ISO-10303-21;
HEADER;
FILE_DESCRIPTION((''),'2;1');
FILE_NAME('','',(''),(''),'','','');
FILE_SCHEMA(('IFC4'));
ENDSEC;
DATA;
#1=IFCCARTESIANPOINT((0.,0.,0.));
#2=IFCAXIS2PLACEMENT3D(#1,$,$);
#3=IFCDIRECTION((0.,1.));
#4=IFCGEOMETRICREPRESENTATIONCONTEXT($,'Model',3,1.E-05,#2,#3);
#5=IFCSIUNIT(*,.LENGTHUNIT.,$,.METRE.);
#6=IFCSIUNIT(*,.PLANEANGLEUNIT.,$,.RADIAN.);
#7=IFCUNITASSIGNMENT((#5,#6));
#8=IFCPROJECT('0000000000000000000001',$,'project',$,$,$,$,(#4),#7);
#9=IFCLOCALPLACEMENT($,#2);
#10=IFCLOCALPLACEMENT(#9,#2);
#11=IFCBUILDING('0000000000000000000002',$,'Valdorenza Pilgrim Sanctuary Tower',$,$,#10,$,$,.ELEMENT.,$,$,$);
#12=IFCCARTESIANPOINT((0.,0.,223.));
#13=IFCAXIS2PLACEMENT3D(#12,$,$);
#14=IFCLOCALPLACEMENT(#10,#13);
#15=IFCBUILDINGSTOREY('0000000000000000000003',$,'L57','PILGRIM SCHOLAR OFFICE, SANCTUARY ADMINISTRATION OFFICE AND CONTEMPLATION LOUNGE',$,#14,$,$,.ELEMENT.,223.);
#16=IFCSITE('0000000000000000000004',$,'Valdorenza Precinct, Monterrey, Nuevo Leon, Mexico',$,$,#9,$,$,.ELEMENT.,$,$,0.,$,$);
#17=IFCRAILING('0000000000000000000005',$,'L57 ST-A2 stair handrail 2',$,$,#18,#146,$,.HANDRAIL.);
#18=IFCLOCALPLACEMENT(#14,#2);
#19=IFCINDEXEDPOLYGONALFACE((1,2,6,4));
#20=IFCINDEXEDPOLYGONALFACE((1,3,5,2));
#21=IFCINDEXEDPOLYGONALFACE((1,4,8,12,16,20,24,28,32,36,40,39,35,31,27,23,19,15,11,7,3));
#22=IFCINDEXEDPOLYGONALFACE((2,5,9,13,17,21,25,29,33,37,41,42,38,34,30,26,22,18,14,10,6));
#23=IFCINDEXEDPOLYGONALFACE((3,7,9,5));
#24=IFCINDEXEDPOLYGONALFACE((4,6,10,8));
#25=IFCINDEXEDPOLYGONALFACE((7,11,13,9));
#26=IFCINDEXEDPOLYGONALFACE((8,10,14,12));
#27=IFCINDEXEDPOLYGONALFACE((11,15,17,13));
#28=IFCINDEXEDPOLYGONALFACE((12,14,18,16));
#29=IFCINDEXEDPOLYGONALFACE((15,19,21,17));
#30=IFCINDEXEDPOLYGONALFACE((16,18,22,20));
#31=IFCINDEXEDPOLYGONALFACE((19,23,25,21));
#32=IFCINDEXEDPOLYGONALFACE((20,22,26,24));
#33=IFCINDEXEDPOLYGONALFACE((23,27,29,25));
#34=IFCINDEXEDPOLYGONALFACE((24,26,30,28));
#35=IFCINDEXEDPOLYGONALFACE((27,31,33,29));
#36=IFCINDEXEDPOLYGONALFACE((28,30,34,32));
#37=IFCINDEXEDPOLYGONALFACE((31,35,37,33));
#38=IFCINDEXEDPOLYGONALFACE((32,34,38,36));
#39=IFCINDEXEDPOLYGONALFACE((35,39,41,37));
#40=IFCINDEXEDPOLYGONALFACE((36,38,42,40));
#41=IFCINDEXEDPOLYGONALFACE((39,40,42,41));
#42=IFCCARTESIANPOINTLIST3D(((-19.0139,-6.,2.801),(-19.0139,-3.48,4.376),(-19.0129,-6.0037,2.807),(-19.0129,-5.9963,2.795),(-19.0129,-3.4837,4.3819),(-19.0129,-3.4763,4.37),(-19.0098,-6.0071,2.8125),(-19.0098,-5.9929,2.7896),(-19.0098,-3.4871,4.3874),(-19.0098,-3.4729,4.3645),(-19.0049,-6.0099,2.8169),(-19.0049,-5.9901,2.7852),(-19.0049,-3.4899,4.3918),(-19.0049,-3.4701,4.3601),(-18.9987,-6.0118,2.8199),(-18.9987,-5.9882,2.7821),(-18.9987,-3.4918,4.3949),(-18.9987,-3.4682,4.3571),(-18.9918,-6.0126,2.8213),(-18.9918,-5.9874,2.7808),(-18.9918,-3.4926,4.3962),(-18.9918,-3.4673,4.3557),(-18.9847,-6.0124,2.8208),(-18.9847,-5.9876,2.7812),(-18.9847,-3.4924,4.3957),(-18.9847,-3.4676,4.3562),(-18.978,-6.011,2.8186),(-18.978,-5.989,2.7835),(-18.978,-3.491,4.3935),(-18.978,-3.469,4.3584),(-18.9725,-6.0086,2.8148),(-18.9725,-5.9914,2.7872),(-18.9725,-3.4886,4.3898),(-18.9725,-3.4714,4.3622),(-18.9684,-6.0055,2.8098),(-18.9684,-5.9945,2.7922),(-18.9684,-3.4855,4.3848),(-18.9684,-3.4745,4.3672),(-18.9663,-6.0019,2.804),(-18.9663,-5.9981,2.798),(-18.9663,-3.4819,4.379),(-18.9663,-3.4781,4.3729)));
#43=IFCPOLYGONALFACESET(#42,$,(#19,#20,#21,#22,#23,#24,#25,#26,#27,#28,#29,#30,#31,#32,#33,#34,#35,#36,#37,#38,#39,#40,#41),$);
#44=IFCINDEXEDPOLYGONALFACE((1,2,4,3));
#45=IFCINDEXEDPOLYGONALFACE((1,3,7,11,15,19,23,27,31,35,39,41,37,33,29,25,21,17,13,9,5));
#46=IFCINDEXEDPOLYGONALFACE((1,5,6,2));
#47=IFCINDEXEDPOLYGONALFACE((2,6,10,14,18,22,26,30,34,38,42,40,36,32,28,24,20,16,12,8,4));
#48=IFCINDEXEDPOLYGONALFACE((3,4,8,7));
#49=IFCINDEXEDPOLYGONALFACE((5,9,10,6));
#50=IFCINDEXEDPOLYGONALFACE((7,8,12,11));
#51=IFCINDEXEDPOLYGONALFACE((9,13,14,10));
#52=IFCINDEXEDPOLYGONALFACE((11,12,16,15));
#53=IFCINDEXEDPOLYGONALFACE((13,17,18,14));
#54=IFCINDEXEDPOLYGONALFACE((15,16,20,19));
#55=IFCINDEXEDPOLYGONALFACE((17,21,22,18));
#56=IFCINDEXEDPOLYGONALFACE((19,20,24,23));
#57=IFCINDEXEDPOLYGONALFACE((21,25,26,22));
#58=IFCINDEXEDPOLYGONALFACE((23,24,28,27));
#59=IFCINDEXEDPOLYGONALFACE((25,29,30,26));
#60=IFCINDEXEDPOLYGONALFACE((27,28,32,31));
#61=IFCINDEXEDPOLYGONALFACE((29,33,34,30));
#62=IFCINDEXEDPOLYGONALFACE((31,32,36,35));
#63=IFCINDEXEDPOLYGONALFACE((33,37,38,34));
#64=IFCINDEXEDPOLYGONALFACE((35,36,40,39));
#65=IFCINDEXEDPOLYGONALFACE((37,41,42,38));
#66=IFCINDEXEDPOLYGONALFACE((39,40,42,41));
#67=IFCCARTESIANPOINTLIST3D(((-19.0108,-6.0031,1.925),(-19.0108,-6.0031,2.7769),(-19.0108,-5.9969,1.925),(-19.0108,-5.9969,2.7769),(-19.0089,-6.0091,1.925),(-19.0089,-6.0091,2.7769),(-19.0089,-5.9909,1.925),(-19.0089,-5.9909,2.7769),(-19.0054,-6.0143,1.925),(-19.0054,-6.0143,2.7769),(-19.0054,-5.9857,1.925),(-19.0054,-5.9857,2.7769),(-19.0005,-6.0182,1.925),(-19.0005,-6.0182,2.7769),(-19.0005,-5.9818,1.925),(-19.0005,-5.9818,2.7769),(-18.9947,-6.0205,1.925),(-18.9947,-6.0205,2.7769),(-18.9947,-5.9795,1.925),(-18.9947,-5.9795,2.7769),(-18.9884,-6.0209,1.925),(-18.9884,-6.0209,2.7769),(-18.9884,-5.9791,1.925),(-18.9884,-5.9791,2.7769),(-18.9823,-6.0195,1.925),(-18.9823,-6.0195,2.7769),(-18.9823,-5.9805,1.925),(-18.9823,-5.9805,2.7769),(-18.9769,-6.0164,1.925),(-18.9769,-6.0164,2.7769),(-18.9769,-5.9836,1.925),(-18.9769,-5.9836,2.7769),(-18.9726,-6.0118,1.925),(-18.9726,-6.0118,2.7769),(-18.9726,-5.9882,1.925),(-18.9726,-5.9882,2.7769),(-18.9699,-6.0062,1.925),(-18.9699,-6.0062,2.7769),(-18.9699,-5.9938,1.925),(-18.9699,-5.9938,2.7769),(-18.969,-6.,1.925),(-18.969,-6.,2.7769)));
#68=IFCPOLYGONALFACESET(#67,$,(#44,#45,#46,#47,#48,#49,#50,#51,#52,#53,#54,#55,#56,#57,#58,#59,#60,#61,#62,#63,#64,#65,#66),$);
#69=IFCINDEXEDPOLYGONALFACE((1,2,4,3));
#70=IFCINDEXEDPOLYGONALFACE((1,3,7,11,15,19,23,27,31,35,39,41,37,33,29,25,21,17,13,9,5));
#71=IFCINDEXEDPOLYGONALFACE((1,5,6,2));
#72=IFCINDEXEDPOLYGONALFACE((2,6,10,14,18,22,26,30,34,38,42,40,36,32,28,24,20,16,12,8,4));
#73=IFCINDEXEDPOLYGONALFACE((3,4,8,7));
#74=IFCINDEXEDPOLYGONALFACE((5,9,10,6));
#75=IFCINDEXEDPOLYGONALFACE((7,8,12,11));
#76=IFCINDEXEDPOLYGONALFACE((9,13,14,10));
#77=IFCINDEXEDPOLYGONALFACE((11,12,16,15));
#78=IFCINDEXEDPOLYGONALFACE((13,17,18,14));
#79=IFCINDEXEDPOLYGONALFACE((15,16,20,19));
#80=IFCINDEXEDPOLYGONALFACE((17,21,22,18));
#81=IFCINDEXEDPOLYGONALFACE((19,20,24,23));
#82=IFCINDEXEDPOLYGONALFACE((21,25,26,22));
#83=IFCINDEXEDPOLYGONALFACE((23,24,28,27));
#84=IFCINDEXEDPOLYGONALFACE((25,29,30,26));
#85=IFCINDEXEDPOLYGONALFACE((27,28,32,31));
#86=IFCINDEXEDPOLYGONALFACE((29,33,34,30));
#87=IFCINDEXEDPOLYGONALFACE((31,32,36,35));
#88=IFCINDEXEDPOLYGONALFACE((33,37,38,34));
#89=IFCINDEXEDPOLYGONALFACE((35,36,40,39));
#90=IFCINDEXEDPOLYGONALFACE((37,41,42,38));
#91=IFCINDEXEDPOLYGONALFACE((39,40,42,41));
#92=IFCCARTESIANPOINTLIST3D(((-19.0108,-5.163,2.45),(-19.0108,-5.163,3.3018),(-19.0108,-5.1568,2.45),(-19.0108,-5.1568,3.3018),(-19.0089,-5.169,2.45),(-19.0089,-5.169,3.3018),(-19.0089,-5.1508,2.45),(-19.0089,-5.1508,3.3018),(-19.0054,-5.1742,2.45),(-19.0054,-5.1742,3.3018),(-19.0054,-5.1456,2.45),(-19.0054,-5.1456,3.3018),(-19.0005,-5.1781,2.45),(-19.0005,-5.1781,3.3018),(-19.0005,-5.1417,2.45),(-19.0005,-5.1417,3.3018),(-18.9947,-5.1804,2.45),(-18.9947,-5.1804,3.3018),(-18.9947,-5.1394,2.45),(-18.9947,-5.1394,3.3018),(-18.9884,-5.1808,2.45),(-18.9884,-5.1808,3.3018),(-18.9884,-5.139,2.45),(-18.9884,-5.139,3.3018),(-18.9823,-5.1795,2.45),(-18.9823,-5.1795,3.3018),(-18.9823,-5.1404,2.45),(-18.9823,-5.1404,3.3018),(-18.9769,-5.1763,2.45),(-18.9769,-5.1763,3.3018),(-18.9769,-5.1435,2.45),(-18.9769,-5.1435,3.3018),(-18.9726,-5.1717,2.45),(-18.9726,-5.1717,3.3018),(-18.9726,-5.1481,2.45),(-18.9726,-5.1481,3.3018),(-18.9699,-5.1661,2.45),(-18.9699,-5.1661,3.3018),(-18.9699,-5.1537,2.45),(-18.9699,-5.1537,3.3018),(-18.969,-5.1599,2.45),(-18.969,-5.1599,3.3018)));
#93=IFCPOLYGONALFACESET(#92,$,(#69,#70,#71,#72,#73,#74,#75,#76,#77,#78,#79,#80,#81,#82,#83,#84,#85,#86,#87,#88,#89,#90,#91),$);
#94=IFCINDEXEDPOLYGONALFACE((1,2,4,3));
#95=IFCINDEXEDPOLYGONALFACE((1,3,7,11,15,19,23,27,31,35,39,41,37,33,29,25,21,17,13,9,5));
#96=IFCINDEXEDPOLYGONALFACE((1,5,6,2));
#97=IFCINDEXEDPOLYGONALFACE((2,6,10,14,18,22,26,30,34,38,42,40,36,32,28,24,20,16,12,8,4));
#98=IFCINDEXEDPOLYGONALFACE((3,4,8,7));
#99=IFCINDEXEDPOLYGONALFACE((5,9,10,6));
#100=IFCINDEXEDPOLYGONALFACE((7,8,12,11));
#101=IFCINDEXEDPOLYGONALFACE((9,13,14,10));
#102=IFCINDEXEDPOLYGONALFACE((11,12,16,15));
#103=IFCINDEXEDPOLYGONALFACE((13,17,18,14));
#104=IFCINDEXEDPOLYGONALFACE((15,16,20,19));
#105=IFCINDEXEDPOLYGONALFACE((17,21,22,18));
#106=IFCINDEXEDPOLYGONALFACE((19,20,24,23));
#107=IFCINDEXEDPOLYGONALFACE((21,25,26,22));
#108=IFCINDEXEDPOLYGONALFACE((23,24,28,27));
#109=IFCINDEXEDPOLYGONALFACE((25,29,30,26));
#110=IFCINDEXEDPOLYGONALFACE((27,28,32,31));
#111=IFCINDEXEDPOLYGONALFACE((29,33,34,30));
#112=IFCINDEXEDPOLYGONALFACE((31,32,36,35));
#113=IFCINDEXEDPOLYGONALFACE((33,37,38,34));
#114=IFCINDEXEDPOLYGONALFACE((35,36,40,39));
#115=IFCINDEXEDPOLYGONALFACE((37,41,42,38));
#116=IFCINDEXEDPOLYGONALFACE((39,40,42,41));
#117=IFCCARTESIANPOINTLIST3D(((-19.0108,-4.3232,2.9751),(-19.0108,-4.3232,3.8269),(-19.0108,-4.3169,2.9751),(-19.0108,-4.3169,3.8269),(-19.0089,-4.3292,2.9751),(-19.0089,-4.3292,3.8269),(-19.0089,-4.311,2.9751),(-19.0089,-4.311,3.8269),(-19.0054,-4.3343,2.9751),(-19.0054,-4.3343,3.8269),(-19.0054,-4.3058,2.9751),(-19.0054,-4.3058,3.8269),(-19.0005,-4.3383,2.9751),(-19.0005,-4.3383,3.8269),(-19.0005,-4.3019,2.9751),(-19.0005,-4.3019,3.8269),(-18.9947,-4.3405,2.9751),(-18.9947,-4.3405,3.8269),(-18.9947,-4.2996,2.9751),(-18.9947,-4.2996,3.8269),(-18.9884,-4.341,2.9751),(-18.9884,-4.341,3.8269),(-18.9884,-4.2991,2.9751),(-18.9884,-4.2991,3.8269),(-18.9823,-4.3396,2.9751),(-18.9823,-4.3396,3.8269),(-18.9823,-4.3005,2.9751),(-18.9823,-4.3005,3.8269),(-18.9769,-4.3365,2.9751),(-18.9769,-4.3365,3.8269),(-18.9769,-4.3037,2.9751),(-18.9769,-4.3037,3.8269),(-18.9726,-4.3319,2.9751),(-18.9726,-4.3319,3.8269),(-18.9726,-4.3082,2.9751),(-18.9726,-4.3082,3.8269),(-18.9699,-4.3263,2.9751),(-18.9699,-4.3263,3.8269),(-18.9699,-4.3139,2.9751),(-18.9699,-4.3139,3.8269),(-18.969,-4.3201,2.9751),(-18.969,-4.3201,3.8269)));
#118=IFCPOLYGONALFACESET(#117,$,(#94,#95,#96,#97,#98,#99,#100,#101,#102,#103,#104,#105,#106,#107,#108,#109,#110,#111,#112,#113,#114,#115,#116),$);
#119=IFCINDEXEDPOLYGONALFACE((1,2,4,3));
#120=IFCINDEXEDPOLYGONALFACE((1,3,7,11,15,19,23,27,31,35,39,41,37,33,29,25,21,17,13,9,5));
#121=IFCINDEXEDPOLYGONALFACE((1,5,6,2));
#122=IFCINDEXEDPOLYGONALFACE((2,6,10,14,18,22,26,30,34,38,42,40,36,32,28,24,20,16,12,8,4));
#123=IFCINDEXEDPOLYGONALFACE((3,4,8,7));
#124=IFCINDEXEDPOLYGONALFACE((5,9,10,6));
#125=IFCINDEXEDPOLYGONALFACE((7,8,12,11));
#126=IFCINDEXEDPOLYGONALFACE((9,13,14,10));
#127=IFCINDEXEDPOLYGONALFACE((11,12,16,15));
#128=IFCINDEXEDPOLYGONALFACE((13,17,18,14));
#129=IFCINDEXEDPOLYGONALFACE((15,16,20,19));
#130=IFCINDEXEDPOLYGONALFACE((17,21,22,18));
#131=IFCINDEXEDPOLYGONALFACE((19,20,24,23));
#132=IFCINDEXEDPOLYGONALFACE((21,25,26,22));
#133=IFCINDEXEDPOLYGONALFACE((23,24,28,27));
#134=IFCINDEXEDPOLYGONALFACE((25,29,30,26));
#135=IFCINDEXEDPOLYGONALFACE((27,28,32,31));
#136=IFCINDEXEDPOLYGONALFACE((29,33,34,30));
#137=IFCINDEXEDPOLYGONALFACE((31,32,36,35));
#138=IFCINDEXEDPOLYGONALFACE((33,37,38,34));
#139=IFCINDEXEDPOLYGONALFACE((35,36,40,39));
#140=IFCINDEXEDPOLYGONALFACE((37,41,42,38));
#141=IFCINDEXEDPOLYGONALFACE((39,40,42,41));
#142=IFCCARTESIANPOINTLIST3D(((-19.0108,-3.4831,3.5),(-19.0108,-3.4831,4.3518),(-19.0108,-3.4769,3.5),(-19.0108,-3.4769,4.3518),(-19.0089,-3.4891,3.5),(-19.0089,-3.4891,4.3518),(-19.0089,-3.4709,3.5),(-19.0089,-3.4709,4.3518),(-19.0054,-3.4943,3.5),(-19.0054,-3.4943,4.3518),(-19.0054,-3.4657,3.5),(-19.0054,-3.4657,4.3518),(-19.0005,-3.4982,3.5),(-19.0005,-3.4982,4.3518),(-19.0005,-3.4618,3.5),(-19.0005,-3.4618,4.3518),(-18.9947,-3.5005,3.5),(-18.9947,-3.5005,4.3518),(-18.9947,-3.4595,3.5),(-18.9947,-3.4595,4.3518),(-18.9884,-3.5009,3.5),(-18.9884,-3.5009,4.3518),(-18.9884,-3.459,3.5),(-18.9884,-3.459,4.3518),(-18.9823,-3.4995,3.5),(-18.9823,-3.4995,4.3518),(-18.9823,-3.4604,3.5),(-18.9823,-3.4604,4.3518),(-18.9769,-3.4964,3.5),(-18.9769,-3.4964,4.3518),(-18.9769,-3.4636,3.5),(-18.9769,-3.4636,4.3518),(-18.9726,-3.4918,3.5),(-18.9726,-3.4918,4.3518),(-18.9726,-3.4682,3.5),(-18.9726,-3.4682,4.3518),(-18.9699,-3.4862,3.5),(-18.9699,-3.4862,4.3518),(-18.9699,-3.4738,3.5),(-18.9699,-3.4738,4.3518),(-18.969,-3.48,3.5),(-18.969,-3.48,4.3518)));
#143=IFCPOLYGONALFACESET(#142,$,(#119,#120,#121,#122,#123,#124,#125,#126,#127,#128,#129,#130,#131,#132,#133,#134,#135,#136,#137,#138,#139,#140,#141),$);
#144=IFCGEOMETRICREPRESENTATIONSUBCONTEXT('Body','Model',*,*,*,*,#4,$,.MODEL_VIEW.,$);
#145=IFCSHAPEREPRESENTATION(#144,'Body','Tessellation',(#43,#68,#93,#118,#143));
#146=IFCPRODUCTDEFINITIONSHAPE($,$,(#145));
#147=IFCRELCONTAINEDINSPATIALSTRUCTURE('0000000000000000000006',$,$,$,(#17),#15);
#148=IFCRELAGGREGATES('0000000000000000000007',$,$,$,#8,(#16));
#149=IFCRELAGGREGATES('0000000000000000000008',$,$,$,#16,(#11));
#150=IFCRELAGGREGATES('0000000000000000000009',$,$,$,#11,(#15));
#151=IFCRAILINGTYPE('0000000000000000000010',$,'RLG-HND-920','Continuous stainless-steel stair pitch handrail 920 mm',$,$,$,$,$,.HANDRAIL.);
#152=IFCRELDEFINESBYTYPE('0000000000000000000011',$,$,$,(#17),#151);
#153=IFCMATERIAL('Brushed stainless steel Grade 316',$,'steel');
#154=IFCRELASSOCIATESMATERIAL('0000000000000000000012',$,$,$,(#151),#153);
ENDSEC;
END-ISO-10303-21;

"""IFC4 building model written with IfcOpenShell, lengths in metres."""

from ifc_helpers import new_model, si_unit, direction, frame, origin, origin_2d, place, context, subcontext, project, spatial, circle, extrude, material, type_object, element, save


model = new_model("IFC4")

# Units and contexts
model_context = context("Model", 3, precision=1e-05, world=origin(), true_north=direction((0.0, 1.0)))
body_context = subcontext(model_context, "Body", "Model", "MODEL_VIEW")
ifc_project = project(units=[si_unit("LENGTHUNIT", "METRE"), si_unit("PLANEANGLEUNIT", "RADIAN")], contexts=[model_context])

# Site, building, storey
site_placement = place(None, origin())
site = spatial("IfcSite", under=ifc_project, at=site_placement, Name="Valdorenza Precinct, Monterrey, Nuevo Leon, Mexico", CompositionType="ELEMENT", RefElevation=0.0)
building_placement = place(site_placement, origin())
building = spatial("IfcBuilding", under=site, at=building_placement, Name="Valdorenza Pilgrim Sanctuary Tower", CompositionType="ELEMENT")
storey_placement = place(building_placement, frame((0.0, 0.0, 223.0)))
storey = spatial("IfcBuildingStorey", under=building, at=storey_placement, Name="L57", Description="PILGRIM SCHOLAR OFFICE, SANCTUARY ADMINISTRATION OFFICE AND CONTEMPLATION LOUNGE", CompositionType="ELEMENT", Elevation=223.0)

# Shared definitions
ifc_material_1 = material(Name="Brushed stainless steel Grade 316", Category="steel")

# Railing
railing_type_1 = type_object("IfcRailingType", Name="RLG-HND-920", Description="Continuous stainless-steel stair pitch handrail 920 mm", PredefinedType="HANDRAIL", material=ifc_material_1)
railing_1_placement = place(storey_placement, frame((-18.99, -6.0, 1.925)))
element("IfcRailing", 1, at=railing_1_placement, inside=storey, type_object=railing_type_1, Name="L57 ST-A2 stair handrail 2", PredefinedType="HANDRAIL", context=body_context, shape_type="SweptSolid", body=[
    extrude(circle(Radius=0.0239, at=origin_2d()), frame((0.0, 0.0, 0.876), z_axis=(0.0, 0.848008, 0.529984), x_axis=(-1.0, 0.0, 0.0)), (0.0, 0.0, 1.0), 2.9717),
    extrude(circle(Radius=0.021, at=origin_2d()), origin(), (0.0, 0.0, 1.0), 0.8518),
    extrude(circle(Radius=0.021, at=origin_2d()), frame((0.0, 0.8401, 0.5249)), (0.0, 0.0, 1.0), 0.8518),
    extrude(circle(Radius=0.021, at=origin_2d()), frame((0.0, 1.6799, 1.05)), (0.0, 0.0, 1.0), 0.8518),
    extrude(circle(Radius=0.021, at=origin_2d()), frame((0.0, 2.52, 1.575)), (0.0, 0.0, 1.0), 0.8518),
])

save(model, "model.ifc")
